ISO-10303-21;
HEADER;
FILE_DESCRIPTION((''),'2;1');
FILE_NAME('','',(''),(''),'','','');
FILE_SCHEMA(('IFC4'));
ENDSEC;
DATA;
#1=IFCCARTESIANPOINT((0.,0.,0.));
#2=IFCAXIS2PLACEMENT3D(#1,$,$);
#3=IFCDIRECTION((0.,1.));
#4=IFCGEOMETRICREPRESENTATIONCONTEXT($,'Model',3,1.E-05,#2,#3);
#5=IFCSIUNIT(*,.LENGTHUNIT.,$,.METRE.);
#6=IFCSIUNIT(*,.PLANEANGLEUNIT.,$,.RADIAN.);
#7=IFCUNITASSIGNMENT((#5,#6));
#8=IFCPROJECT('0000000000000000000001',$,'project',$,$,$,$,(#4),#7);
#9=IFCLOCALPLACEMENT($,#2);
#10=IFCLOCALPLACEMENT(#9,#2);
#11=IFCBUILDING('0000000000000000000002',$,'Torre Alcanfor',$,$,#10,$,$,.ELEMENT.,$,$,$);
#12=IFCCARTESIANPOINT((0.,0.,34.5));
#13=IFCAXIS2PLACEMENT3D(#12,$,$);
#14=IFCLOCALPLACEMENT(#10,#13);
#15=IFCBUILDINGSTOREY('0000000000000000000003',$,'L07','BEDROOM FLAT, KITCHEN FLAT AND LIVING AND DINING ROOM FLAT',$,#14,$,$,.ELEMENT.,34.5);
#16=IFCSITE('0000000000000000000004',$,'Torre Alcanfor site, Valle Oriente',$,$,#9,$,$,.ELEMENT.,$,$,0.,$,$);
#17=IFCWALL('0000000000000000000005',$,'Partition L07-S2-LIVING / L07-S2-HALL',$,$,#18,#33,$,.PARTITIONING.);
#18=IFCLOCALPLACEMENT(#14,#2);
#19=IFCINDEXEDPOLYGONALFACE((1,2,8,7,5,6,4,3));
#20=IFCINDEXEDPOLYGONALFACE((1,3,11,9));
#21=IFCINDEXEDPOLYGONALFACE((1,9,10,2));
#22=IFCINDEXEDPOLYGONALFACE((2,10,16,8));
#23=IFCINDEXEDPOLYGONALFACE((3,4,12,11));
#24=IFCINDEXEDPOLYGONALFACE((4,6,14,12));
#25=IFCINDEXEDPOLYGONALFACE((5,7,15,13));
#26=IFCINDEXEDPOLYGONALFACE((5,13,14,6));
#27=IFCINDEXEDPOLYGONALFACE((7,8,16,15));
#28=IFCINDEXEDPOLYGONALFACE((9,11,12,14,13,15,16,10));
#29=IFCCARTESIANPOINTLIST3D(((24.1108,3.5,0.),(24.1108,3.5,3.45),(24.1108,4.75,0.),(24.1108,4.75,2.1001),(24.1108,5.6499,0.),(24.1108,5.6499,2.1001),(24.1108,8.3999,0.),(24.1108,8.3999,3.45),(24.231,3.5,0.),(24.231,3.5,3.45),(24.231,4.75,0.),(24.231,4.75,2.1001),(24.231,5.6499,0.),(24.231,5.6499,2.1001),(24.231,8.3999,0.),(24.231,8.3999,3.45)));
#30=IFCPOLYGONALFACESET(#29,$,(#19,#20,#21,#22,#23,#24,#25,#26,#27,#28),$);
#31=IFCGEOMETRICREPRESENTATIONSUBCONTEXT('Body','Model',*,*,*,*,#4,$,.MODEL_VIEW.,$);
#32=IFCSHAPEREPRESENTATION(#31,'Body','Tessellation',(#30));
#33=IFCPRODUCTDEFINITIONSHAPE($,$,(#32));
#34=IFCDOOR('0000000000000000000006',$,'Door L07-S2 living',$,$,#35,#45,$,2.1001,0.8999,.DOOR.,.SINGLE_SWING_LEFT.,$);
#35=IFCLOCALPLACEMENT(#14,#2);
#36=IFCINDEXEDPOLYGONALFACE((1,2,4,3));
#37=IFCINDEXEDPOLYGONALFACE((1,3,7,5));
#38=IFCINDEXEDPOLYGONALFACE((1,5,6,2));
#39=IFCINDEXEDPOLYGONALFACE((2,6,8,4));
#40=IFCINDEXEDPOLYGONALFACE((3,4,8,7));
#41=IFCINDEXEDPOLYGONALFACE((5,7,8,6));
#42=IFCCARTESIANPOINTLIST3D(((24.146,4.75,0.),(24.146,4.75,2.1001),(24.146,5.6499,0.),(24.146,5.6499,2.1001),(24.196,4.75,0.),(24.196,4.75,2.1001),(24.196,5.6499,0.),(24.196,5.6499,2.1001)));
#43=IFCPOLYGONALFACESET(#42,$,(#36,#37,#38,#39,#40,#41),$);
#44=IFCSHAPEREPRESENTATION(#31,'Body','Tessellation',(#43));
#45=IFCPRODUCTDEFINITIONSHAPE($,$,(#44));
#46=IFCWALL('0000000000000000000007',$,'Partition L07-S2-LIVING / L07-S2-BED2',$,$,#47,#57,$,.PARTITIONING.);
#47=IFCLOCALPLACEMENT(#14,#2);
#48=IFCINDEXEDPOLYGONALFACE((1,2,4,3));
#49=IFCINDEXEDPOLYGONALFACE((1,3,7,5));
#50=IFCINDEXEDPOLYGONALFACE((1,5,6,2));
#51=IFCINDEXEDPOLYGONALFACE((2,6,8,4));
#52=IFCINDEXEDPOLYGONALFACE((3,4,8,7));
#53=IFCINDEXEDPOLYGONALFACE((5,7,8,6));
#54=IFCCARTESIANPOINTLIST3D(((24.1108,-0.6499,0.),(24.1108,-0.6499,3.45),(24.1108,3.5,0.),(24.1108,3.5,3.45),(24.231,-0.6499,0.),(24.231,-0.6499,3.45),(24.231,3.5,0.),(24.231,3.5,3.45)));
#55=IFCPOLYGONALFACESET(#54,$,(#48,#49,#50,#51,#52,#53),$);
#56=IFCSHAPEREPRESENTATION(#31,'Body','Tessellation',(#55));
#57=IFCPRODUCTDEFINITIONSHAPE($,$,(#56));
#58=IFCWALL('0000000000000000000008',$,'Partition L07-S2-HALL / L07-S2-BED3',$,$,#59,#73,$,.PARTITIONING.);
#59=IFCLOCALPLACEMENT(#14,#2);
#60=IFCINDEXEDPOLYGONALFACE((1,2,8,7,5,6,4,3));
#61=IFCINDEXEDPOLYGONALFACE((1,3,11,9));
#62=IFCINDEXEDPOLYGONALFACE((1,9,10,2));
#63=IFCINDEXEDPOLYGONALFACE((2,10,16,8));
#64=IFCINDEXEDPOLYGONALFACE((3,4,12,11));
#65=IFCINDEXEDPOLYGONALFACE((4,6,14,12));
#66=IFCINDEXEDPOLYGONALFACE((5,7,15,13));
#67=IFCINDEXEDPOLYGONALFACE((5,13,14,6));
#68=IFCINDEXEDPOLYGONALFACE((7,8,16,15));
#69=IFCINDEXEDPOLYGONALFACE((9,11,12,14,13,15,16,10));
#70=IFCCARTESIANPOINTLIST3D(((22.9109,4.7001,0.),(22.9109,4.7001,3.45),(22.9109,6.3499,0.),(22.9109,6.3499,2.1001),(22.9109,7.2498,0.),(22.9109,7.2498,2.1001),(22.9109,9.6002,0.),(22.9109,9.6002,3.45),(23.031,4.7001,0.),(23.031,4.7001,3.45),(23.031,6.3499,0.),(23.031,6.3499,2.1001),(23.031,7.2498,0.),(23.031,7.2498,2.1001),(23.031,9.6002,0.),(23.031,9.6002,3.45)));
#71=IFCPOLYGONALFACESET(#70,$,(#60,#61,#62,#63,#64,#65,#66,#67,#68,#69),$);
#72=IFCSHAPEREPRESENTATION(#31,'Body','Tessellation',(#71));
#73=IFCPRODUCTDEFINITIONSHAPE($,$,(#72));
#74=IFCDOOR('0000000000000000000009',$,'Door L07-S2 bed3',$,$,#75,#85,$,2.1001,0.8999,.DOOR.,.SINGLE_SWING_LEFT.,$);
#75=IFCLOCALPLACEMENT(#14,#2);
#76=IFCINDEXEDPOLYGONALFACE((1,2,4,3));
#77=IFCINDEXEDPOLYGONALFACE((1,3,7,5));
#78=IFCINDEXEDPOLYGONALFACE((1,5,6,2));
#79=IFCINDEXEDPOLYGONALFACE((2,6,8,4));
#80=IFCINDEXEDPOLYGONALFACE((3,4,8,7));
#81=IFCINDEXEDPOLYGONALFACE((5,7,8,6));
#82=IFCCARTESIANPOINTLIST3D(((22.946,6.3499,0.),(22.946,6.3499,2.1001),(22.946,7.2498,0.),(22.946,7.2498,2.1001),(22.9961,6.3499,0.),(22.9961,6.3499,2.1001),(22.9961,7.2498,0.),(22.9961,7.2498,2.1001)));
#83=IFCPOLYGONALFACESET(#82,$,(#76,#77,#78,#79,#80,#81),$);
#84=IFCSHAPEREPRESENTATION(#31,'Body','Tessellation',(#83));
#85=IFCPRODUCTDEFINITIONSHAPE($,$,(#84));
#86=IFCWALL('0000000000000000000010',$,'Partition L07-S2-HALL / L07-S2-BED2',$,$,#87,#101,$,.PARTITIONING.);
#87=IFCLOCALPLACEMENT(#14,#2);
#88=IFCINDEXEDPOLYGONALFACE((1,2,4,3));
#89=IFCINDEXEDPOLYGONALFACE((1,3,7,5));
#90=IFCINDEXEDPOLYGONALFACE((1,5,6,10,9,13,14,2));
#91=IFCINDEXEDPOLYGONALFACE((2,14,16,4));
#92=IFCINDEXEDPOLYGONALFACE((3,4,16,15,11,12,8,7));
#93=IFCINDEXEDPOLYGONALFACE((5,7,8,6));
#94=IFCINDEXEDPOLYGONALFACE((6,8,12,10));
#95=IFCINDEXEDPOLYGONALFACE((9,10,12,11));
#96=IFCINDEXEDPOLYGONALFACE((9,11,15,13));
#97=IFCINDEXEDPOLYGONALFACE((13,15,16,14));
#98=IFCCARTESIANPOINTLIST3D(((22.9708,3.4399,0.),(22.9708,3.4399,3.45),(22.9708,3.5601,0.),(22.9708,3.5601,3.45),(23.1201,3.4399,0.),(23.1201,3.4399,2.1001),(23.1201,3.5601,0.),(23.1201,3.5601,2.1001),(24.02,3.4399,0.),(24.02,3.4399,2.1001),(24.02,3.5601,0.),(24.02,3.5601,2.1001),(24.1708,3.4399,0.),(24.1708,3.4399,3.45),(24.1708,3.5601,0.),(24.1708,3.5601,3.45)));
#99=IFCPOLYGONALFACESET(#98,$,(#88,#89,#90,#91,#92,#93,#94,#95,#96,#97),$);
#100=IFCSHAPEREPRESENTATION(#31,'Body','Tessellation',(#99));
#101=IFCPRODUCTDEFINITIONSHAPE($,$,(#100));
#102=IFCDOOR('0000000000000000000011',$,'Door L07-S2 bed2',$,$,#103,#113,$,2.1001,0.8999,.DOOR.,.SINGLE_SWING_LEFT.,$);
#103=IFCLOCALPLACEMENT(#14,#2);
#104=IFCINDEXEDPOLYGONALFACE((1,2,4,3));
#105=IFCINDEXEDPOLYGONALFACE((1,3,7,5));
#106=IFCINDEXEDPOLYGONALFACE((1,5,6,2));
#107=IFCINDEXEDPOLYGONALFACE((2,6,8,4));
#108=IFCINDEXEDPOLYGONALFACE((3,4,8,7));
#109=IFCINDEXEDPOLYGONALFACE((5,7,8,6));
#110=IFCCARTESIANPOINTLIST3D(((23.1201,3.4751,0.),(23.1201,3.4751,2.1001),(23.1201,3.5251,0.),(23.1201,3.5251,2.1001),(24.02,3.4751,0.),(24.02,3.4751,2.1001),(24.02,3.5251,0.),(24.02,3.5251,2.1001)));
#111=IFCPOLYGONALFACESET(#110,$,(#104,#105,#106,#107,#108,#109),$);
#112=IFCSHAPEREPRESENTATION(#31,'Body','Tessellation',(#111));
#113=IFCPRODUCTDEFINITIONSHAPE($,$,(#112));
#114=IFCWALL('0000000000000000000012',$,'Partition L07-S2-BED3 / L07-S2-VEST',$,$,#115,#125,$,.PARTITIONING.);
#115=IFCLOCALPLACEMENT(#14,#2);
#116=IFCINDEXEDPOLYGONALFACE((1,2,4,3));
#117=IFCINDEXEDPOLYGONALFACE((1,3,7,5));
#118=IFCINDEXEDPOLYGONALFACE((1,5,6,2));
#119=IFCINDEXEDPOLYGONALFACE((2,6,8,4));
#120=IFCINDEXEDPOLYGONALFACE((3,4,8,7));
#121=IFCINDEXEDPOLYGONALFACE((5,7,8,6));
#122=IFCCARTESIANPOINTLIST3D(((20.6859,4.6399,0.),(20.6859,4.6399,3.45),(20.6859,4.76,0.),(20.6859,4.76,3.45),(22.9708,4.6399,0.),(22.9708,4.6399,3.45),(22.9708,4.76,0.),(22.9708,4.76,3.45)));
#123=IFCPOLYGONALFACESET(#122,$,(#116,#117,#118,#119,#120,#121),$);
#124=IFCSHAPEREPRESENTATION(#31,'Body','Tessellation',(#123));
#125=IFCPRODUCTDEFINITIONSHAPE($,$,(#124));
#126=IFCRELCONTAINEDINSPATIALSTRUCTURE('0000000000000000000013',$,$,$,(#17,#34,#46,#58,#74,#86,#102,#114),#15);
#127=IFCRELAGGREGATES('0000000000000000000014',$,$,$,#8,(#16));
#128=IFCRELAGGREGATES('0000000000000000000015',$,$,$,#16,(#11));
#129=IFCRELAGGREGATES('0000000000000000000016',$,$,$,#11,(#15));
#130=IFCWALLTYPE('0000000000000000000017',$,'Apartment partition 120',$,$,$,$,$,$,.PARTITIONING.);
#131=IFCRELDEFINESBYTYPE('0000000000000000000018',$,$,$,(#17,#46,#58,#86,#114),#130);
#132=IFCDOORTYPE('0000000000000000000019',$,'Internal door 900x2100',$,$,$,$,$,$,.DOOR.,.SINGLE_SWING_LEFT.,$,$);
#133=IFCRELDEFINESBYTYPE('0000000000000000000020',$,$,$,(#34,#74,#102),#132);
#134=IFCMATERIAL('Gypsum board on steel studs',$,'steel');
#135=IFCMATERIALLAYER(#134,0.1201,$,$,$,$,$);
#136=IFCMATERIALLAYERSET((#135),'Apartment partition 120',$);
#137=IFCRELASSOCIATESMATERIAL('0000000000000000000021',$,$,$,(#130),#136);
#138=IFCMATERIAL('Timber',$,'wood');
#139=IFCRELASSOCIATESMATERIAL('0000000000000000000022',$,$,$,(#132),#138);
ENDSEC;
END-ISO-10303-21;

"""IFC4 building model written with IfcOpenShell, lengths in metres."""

from ifc_helpers import new_model, si_unit, direction, frame, frame_2d, origin, place, context, subcontext, project, spatial, rectangle, extrude, material, layer, layer_set, type_object, element, fill, save


model = new_model("IFC4")

# Units and contexts
model_context = context("Model", 3, precision=1e-05, world=origin(), true_north=direction((0.0, 1.0)))
body_context = subcontext(model_context, "Body", "Model", "MODEL_VIEW")
ifc_project = project(units=[si_unit("LENGTHUNIT", "METRE"), si_unit("PLANEANGLEUNIT", "RADIAN")], contexts=[model_context])

# Site, building, storey
site_placement = place(None, origin())
site = spatial("IfcSite", under=ifc_project, at=site_placement, Name="Torre Alcanfor site, Valle Oriente", CompositionType="ELEMENT", RefElevation=0.0)
building_placement = place(site_placement, origin())
building = spatial("IfcBuilding", under=site, at=building_placement, Name="Torre Alcanfor", CompositionType="ELEMENT")
storey_placement = place(building_placement, frame((0.0, 0.0, 34.5)))
storey = spatial("IfcBuildingStorey", under=building, at=storey_placement, Name="L07", Description="BEDROOM FLAT, KITCHEN FLAT AND LIVING AND DINING ROOM FLAT", CompositionType="ELEMENT", Elevation=34.5)

# Shared definitions
ifc_material_1 = material(Name="Gypsum board on steel studs", Category="steel")
ifc_layer_1 = layer(ifc_material_1, 0.1201)
ifc_layer_set_1 = layer_set([ifc_layer_1], Name="Apartment partition 120")
wall_type = type_object("IfcWallType", Name="Apartment partition 120", PredefinedType="PARTITIONING", material=ifc_layer_set_1)

# Wall, opening, door
wall_1_placement = place(storey_placement, frame((24.1709, 3.5, 0.0), z_axis=(0.0, 0.0, 1.0), x_axis=(0.0, 1.0, 0.0)))
wall_1 = element("IfcWall", 1, at=wall_1_placement, inside=storey, type_object=wall_type, Name="Partition L07-S2-LIVING / L07-S2-HALL", PredefinedType="PARTITIONING", context=body_context, shape_type="SweptSolid", body=[
    extrude(rectangle(XDim=4.8999, YDim=0.1201, at=frame_2d((2.45, 0.0))), origin(), (0.0, 0.0, 1.0), 3.45),
])
opening_1_placement = place(wall_1_placement, frame((1.25, 0.0, 0.0)))
opening_1 = element("IfcOpeningElement", 2, at=opening_1_placement, cuts=wall_1, PredefinedType="OPENING", context=body_context, shape_type="SweptSolid", body=[
    extrude(rectangle(XDim=0.8999, YDim=2.1001, at=frame_2d((0.45, 1.05))), frame((0.0, 0.0701, 0.0), z_axis=(0.0, -1.0, 0.0), x_axis=(1.0, 0.0, 0.0)), (0.0, 0.0, 1.0), 0.1401),
])
ifc_material_2 = material(Name="Timber", Category="wood")
door_type = type_object("IfcDoorType", Name="Internal door 900x2100", OperationType="SINGLE_SWING_LEFT", PredefinedType="DOOR", material=ifc_material_2)
door_1_placement = place(opening_1_placement, frame((0.8999, 0.0, 0.0), z_axis=(0.0, 0.0, 1.0), x_axis=(-1.0, 0.0, 0.0)))
door_1 = element("IfcDoor", 3, at=door_1_placement, inside=storey, type_object=door_type, Name="Door L07-S2 living", OperationType="SINGLE_SWING_LEFT", OverallHeight=2.1001, OverallWidth=0.8999, PredefinedType="DOOR", context=body_context, shape_type="SweptSolid", body=[
    extrude(rectangle(XDim=0.8999, YDim=2.1001, at=frame_2d((0.45, 1.05))), frame((0.0, 0.0251, 0.0), z_axis=(0.0, -1.0, 0.0), x_axis=(1.0, 0.0, 0.0)), (0.0, 0.0, 1.0), 0.05),
])
fill(opening_1, door_1)

# Wall
wall_2_placement = place(storey_placement, frame((24.1709, -0.6499, 0.0), z_axis=(0.0, 0.0, 1.0), x_axis=(0.0, 1.0, 0.0)))
element("IfcWall", 4, at=wall_2_placement, inside=storey, type_object=wall_type, Name="Partition L07-S2-LIVING / L07-S2-BED2", PredefinedType="PARTITIONING", context=body_context, shape_type="SweptSolid", body=[
    extrude(rectangle(XDim=4.1499, YDim=0.1201, at=frame_2d((2.075, 0.0))), origin(), (0.0, 0.0, 1.0), 3.45),
])

# Walls, openings, doors
wall_3_placement = place(storey_placement, frame((22.9709, 4.7, 0.0), z_axis=(0.0, 0.0, 1.0), x_axis=(0.0, 1.0, 0.0)))
wall_3 = element("IfcWall", 5, at=wall_3_placement, inside=storey, type_object=wall_type, Name="Partition L07-S2-HALL / L07-S2-BED3", PredefinedType="PARTITIONING", context=body_context, shape_type="SweptSolid", body=[
    extrude(rectangle(XDim=4.9001, YDim=0.1201, at=frame_2d((2.4502, 0.0))), origin(), (0.0, 0.0, 1.0), 3.45),
])
opening_2_placement = place(wall_3_placement, frame((1.6499, 0.0, 0.0)))
opening_2 = element("IfcOpeningElement", 6, at=opening_2_placement, cuts=wall_3, PredefinedType="OPENING", context=body_context, shape_type="SweptSolid", body=[
    extrude(rectangle(XDim=0.8999, YDim=2.1001, at=frame_2d((0.45, 1.05))), frame((0.0, 0.0701, 0.0), z_axis=(0.0, -1.0, 0.0), x_axis=(1.0, 0.0, 0.0)), (0.0, 0.0, 1.0), 0.1401),
])
door_2_placement = place(opening_2_placement, origin())
door_2 = element("IfcDoor", 7, at=door_2_placement, inside=storey, type_object=door_type, Name="Door L07-S2 bed3", OperationType="SINGLE_SWING_LEFT", OverallHeight=2.1001, OverallWidth=0.8999, PredefinedType="DOOR", context=body_context, shape_type="SweptSolid", body=[
    extrude(rectangle(XDim=0.8999, YDim=2.1001, at=frame_2d((0.45, 1.05))), frame((0.0, 0.0249, 0.0), z_axis=(0.0, -1.0, 0.0), x_axis=(1.0, 0.0, 0.0)), (0.0, 0.0, 1.0), 0.05),
])
fill(opening_2, door_2)
wall_4_placement = place(storey_placement, frame((24.1709, 3.5, 0.0), z_axis=(0.0, 0.0, 1.0), x_axis=(-1.0, 0.0, 0.0)))
wall_4 = element("IfcWall", 8, at=wall_4_placement, inside=storey, type_object=wall_type, Name="Partition L07-S2-HALL / L07-S2-BED2", PredefinedType="PARTITIONING", context=body_context, shape_type="SweptSolid", body=[
    extrude(rectangle(XDim=1.2, YDim=0.1201, at=frame_2d((0.6001, 0.0))), origin(), (0.0, 0.0, 1.0), 3.45),
])
opening_3_placement = place(wall_4_placement, frame((0.1509, 0.0, 0.0)))
opening_3 = element("IfcOpeningElement", 9, at=opening_3_placement, cuts=wall_4, PredefinedType="OPENING", context=body_context, shape_type="SweptSolid", body=[
    extrude(rectangle(XDim=0.8999, YDim=2.1001, at=frame_2d((0.45, 1.05))), frame((0.0, 0.0701, 0.0), z_axis=(0.0, -1.0, 0.0), x_axis=(1.0, 0.0, 0.0)), (0.0, 0.0, 1.0), 0.1401),
])
door_3_placement = place(opening_3_placement, origin())
door_3 = element("IfcDoor", 10, at=door_3_placement, inside=storey, type_object=door_type, Name="Door L07-S2 bed2", OperationType="SINGLE_SWING_LEFT", OverallHeight=2.1001, OverallWidth=0.8999, PredefinedType="DOOR", context=body_context, shape_type="SweptSolid", body=[
    extrude(rectangle(XDim=0.8999, YDim=2.1001, at=frame_2d((0.45, 1.05))), frame((0.0, 0.0249, 0.0), z_axis=(0.0, -1.0, 0.0), x_axis=(1.0, 0.0, 0.0)), (0.0, 0.0, 1.0), 0.05),
])
fill(opening_3, door_3)

# Wall
wall_5_placement = place(storey_placement, frame((22.9709, 4.7, 0.0), z_axis=(0.0, 0.0, 1.0), x_axis=(-1.0, 0.0, 0.0)))
element("IfcWall", 11, at=wall_5_placement, inside=storey, type_object=wall_type, Name="Partition L07-S2-BED3 / L07-S2-VEST", PredefinedType="PARTITIONING", context=body_context, shape_type="SweptSolid", body=[
    extrude(rectangle(XDim=2.2849, YDim=0.1201, at=frame_2d((1.1426, 0.0))), origin(), (0.0, 0.0, 1.0), 3.45),
])

save(model, "model.ifc")
